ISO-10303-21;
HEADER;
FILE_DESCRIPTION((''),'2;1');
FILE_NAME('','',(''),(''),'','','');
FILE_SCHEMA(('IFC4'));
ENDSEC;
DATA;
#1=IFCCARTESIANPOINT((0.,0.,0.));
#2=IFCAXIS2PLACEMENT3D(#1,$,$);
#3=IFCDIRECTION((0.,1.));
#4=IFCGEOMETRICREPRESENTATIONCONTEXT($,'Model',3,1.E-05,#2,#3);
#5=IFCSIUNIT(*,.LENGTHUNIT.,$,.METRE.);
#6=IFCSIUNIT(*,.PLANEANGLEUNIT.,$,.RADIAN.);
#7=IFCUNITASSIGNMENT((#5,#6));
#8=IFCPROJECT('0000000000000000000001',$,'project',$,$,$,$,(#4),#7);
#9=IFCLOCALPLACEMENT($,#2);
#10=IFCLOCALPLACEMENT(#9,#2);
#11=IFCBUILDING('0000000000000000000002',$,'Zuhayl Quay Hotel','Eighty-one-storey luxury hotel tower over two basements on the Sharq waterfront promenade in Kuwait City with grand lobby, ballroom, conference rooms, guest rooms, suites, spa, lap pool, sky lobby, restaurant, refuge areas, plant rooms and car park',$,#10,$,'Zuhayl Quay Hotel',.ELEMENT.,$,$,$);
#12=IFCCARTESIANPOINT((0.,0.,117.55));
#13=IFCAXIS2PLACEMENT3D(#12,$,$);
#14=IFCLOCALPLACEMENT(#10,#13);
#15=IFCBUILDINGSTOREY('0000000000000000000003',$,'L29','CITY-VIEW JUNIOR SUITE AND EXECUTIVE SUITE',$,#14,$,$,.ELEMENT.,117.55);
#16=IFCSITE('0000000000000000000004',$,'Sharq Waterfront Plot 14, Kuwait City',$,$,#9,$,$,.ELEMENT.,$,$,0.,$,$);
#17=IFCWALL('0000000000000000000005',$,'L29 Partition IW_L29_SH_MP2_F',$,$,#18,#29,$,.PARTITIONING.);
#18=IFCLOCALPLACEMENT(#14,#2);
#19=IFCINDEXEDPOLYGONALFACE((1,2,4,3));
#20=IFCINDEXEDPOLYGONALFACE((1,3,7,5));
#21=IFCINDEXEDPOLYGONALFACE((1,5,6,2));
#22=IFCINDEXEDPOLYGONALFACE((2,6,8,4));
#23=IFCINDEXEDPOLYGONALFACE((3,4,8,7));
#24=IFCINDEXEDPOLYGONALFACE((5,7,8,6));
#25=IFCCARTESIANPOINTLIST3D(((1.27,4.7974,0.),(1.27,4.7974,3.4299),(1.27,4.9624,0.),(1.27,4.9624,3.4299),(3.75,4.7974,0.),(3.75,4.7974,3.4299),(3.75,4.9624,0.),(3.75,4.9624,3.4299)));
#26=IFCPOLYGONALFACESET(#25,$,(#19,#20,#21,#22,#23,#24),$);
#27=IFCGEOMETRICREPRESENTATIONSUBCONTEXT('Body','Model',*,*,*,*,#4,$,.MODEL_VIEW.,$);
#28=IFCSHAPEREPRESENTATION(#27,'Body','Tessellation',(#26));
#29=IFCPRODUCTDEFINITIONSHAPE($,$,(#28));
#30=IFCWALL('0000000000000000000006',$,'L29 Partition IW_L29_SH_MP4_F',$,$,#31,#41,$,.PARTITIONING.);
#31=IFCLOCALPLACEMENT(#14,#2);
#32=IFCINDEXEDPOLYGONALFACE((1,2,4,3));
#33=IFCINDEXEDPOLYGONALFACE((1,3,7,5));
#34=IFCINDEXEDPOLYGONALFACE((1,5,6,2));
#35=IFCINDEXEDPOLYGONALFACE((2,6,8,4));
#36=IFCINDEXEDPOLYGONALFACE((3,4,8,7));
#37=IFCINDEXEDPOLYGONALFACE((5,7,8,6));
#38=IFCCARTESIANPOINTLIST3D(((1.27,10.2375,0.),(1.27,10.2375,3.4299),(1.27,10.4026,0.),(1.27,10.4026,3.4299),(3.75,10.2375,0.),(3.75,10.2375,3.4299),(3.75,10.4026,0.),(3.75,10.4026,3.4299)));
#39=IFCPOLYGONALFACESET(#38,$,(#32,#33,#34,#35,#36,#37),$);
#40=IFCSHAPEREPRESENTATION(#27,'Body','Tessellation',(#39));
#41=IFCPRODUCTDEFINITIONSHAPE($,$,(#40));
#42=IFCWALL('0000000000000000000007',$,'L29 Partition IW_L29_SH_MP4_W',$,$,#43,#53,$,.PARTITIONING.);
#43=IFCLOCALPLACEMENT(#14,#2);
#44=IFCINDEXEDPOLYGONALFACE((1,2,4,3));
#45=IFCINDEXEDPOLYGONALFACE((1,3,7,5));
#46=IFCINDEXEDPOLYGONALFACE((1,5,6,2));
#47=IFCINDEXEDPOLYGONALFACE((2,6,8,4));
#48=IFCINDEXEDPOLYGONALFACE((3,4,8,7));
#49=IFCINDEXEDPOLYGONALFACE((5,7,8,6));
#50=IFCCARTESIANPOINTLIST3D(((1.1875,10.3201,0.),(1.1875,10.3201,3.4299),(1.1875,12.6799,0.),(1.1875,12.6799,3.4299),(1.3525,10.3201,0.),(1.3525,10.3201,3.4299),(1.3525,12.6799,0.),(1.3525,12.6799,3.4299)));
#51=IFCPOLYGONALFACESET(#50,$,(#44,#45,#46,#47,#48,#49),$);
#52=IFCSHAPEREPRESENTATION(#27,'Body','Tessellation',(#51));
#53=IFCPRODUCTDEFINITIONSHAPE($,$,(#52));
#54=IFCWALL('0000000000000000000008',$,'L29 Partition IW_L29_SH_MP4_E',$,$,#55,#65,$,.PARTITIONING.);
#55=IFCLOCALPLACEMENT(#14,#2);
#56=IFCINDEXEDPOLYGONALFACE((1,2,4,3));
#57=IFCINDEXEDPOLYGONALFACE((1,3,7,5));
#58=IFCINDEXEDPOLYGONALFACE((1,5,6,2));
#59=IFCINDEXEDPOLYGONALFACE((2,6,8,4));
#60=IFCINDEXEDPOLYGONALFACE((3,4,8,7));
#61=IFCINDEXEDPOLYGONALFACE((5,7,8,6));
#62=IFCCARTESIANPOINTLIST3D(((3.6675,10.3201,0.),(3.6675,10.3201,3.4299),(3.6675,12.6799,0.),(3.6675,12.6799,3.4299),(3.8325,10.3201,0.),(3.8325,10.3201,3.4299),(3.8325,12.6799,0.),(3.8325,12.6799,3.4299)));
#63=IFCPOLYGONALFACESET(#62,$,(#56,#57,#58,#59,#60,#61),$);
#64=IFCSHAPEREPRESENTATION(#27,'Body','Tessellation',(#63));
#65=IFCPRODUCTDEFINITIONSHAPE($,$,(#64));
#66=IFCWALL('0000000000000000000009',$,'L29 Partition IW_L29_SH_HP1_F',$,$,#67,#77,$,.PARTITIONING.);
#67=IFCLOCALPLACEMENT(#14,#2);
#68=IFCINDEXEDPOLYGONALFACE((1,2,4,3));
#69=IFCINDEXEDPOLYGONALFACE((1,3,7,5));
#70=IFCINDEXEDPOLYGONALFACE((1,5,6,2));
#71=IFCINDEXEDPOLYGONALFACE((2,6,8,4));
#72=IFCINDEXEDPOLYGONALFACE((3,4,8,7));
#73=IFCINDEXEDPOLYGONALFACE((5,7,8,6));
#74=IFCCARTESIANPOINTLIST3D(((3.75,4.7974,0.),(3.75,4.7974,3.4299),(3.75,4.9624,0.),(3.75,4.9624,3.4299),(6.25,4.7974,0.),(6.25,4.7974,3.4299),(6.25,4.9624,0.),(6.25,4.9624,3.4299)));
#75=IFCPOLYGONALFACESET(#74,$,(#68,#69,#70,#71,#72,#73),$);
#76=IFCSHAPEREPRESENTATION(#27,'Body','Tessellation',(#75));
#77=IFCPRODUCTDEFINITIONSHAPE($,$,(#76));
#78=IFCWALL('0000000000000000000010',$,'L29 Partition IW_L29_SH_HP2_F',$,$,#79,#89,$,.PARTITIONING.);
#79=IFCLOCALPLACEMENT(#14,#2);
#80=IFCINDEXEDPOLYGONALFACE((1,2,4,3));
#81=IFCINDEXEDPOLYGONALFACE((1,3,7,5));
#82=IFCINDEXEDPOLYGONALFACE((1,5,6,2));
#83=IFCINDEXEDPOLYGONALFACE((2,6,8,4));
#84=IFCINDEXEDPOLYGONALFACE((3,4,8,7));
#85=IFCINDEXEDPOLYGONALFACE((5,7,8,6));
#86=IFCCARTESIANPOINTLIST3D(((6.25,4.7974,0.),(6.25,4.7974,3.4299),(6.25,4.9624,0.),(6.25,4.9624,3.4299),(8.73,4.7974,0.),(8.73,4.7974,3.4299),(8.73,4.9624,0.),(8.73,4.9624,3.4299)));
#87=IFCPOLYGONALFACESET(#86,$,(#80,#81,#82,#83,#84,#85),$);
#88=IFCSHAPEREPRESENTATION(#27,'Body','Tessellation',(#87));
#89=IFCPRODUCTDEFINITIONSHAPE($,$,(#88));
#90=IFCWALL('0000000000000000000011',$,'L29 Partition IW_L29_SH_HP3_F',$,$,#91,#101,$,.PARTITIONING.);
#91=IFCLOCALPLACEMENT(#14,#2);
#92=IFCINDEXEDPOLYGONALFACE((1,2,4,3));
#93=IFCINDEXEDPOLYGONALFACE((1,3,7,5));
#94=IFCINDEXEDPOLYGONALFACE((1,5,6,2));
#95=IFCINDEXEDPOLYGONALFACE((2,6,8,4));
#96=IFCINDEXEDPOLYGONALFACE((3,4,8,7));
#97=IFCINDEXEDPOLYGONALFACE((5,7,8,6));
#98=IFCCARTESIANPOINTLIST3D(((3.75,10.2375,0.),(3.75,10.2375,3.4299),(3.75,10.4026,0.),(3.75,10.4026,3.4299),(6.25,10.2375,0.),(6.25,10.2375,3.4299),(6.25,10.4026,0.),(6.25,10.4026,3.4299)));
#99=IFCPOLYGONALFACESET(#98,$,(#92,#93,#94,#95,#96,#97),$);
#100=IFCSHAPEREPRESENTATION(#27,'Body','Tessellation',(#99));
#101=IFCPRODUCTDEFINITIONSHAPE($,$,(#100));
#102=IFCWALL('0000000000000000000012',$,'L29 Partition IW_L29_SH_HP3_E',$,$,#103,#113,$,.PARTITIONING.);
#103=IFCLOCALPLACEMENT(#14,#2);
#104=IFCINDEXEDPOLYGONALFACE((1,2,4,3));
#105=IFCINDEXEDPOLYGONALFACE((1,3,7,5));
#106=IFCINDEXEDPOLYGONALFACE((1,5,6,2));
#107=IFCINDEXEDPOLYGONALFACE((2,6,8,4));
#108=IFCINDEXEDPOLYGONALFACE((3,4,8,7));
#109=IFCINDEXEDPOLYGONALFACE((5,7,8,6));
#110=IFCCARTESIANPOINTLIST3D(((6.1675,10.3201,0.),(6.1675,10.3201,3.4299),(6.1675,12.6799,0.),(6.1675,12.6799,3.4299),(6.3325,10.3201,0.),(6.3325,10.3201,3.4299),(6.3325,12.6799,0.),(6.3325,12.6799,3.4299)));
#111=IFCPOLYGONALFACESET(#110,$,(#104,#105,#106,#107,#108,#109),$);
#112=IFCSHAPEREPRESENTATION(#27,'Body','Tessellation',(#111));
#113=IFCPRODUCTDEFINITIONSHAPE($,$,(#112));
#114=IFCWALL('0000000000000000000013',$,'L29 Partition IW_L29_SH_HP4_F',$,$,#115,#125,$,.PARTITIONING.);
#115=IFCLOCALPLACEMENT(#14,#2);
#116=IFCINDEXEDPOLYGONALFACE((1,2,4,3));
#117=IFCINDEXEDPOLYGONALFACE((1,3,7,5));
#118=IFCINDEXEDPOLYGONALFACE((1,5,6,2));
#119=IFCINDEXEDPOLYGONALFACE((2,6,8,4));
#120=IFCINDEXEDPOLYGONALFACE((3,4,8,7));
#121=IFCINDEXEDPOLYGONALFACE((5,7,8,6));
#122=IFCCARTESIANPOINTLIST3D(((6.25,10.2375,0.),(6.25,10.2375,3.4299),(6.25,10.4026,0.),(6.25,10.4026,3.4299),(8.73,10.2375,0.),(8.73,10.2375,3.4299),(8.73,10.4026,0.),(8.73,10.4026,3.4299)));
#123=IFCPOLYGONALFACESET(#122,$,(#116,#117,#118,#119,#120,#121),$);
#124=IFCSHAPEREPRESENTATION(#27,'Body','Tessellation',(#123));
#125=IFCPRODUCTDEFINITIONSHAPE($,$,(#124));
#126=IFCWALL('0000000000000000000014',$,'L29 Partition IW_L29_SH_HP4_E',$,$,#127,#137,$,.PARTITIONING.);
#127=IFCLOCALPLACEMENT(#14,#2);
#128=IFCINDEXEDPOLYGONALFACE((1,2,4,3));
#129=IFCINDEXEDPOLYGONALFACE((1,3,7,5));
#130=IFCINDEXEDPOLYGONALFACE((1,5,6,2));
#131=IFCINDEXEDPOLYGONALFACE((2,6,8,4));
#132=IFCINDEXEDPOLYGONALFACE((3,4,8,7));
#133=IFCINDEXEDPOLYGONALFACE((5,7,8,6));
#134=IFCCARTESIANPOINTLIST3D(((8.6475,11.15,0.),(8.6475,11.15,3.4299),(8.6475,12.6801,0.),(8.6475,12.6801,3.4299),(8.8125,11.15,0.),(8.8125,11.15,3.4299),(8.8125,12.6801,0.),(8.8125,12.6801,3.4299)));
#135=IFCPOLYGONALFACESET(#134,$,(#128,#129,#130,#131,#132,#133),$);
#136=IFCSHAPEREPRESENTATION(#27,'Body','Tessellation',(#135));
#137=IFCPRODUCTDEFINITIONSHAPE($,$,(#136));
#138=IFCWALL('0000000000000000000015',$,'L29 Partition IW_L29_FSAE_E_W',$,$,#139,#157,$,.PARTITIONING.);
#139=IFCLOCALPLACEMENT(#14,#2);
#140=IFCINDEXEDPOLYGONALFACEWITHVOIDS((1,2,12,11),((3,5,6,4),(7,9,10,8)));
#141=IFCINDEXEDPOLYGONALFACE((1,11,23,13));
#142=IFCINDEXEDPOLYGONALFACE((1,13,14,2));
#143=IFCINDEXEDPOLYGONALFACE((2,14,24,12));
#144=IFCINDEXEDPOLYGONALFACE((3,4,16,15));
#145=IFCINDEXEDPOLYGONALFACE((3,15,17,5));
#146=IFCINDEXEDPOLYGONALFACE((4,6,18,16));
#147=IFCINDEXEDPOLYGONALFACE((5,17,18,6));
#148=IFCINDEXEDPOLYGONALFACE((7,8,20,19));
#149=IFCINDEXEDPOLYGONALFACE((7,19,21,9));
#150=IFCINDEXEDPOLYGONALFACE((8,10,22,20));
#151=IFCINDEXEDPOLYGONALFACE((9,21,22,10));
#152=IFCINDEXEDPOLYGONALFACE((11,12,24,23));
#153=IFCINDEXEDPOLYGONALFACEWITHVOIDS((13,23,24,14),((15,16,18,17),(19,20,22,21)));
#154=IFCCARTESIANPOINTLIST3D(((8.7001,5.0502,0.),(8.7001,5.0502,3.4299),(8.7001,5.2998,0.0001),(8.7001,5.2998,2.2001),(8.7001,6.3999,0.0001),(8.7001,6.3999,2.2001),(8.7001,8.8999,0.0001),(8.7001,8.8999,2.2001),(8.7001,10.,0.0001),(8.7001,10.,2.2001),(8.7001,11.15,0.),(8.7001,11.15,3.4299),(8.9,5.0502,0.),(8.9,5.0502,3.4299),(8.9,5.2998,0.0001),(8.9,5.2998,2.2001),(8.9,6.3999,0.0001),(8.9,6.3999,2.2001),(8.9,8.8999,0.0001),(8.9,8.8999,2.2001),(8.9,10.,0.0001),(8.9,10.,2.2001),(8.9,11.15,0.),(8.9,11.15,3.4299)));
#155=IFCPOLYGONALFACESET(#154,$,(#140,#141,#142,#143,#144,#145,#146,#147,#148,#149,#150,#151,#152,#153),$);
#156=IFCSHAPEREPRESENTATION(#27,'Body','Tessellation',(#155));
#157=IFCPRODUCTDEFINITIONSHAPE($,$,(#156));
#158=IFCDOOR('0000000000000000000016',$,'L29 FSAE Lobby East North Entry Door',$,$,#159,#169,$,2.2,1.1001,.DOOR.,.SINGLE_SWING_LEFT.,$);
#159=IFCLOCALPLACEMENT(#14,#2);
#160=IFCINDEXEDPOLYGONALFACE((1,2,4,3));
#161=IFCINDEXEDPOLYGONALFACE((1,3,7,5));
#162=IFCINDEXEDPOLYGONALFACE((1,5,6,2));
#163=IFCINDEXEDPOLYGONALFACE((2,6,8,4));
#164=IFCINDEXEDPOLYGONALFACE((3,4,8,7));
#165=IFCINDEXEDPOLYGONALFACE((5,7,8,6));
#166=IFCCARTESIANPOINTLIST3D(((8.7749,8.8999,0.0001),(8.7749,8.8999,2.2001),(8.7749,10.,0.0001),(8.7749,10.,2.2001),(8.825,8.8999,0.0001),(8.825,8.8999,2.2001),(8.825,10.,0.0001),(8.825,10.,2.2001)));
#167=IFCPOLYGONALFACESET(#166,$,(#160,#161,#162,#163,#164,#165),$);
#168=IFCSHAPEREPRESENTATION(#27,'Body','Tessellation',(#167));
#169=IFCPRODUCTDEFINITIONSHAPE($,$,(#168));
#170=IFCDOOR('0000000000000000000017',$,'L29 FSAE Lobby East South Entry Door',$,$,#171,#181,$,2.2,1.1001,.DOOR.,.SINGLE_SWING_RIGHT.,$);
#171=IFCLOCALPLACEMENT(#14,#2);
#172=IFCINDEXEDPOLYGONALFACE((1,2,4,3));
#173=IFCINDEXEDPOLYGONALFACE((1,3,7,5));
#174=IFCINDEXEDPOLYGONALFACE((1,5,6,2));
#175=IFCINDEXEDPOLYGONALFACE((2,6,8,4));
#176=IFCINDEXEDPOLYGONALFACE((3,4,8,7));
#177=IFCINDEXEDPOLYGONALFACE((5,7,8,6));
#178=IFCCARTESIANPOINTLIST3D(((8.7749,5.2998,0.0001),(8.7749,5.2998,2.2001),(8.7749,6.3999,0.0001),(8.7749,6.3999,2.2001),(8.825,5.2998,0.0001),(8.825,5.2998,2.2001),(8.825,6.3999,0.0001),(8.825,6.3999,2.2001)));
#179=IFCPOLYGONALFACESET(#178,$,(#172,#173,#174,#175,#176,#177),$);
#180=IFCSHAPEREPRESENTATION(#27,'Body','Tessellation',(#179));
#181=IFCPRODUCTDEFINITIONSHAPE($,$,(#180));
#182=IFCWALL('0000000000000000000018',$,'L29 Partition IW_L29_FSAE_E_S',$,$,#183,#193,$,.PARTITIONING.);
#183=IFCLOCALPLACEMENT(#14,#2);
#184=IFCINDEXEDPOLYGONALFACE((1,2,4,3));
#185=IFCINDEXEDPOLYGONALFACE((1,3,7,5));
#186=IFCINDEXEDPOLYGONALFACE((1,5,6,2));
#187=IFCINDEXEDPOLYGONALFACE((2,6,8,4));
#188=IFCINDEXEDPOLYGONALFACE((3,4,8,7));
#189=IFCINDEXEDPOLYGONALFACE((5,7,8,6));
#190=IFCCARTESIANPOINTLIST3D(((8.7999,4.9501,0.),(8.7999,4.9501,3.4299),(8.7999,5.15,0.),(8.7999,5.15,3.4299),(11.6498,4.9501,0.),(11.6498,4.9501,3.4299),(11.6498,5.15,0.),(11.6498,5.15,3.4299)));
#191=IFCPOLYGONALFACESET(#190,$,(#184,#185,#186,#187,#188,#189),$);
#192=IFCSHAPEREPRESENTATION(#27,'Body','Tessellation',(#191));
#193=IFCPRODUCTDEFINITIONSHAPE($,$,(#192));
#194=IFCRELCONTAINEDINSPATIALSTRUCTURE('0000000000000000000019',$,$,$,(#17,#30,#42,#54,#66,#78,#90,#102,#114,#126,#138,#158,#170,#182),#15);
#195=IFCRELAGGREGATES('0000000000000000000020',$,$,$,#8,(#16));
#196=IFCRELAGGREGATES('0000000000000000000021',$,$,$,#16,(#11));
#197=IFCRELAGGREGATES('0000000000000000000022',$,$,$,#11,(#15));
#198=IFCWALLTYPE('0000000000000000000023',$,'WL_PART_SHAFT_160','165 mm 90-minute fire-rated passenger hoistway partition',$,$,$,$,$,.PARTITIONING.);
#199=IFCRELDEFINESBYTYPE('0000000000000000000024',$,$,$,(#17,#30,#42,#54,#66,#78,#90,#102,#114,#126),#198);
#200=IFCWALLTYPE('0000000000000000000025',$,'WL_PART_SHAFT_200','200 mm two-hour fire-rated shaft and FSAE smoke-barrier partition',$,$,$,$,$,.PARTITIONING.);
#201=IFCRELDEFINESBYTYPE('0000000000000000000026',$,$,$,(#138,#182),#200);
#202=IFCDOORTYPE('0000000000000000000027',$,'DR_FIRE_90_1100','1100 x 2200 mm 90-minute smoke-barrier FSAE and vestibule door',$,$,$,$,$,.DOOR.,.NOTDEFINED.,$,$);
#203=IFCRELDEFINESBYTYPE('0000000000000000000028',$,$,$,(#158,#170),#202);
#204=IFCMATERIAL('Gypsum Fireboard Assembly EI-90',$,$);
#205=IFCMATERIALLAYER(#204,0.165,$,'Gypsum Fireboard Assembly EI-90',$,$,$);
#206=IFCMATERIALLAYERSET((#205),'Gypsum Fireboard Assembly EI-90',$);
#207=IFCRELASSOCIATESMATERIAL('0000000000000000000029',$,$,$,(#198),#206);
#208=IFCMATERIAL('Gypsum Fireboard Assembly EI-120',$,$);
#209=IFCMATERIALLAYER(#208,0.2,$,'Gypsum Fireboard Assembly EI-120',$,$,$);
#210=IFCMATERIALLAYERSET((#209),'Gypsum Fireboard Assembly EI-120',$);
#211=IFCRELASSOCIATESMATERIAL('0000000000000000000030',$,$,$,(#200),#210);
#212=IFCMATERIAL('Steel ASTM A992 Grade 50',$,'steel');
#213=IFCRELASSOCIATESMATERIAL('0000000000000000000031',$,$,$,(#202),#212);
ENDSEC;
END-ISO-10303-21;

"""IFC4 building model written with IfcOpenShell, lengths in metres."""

from ifc_helpers import new_model, si_unit, direction, frame, frame_2d, origin, place, context, subcontext, project, spatial, rectangle, extrude, material, layer, layer_set, type_object, element, fill, save


model = new_model("IFC4")

# Units and contexts
model_context = context("Model", 3, precision=1e-05, world=origin(), true_north=direction((0.0, 1.0)))
body_context = subcontext(model_context, "Body", "Model", "MODEL_VIEW")
ifc_project = project(units=[si_unit("LENGTHUNIT", "METRE"), si_unit("PLANEANGLEUNIT", "RADIAN")], contexts=[model_context])

# Site, building, storey
site_placement = place(None, origin())
site = spatial("IfcSite", under=ifc_project, at=site_placement, Name="Sharq Waterfront Plot 14, Kuwait City", CompositionType="ELEMENT", RefElevation=0.0)
building_placement = place(site_placement, origin())
building = spatial("IfcBuilding", under=site, at=building_placement, Name="Zuhayl Quay Hotel", Description="Eighty-one-storey luxury hotel tower over two basements on the Sharq waterfront promenade in Kuwait City with grand lobby, ballroom, conference rooms, guest rooms, suites, spa, lap pool, sky lobby, restaurant, refuge areas, plant rooms and car park", LongName="Zuhayl Quay Hotel", CompositionType="ELEMENT")
storey_placement = place(building_placement, frame((0.0, 0.0, 117.55)))
storey = spatial("IfcBuildingStorey", under=building, at=storey_placement, Name="L29", Description="CITY-VIEW JUNIOR SUITE AND EXECUTIVE SUITE", CompositionType="ELEMENT", Elevation=117.55)

# Shared definitions
ifc_material_1 = material(Name="Steel ASTM A992 Grade 50", Category="steel")

# Shared definitions
ifc_material_2 = material(Name="Gypsum Fireboard Assembly EI-90")
ifc_layer_1 = layer(ifc_material_2, 0.165, Name="Gypsum Fireboard Assembly EI-90")
ifc_layer_set_1 = layer_set([ifc_layer_1], Name="Gypsum Fireboard Assembly EI-90")
wall_type_1 = type_object("IfcWallType", Name="WL_PART_SHAFT_160", Description="165 mm 90-minute fire-rated passenger hoistway partition", PredefinedType="PARTITIONING", material=ifc_layer_set_1)

# Walls
for number, where, z_axis, x_axis, name in (
    (1, (1.27, 4.8799, 0.0), (0.0, 0.0, 1.0), (1.0, 0.0, 0.0), "L29 Partition IW_L29_SH_MP2_F"),
    (2, (1.27, 10.3201, 0.0), (0.0, 0.0, 1.0), (1.0, 0.0, 0.0), "L29 Partition IW_L29_SH_MP4_F"),
):
    element("IfcWall", number, at=place(storey_placement, frame(where, z_axis=z_axis, x_axis=x_axis)), inside=storey, type_object=wall_type_1, Name=name, PredefinedType="PARTITIONING", context=body_context, shape_type="SweptSolid", body=[
        extrude(rectangle(XDim=2.48, YDim=0.165, at=frame_2d((1.24, 0.0))), origin(), (0.0, 0.0, 1.0), 3.4299),
    ])
for number, where, z_axis, x_axis, name in (
    (3, (1.27, 10.3201, 0.0), (0.0, 0.0, 1.0), (0.0, 1.0, 0.0), "L29 Partition IW_L29_SH_MP4_W"),
    (4, (3.75, 10.3201, 0.0), (0.0, 0.0, 1.0), (0.0, 1.0, 0.0), "L29 Partition IW_L29_SH_MP4_E"),
):
    element("IfcWall", number, at=place(storey_placement, frame(where, z_axis=z_axis, x_axis=x_axis)), inside=storey, type_object=wall_type_1, Name=name, PredefinedType="PARTITIONING", context=body_context, shape_type="SweptSolid", body=[
        extrude(rectangle(XDim=2.3599, YDim=0.165, at=frame_2d((1.1799, 0.0))), origin(), (0.0, 0.0, 1.0), 3.4299),
    ])
wall_1_placement = place(storey_placement, frame((3.75, 4.8799, 0.0), z_axis=(0.0, 0.0, 1.0), x_axis=(1.0, 0.0, 0.0)))
element("IfcWall", 5, at=wall_1_placement, inside=storey, type_object=wall_type_1, Name="L29 Partition IW_L29_SH_HP1_F", PredefinedType="PARTITIONING", context=body_context, shape_type="SweptSolid", body=[
    extrude(rectangle(XDim=2.5, YDim=0.165, at=frame_2d((1.25, 0.0))), origin(), (0.0, 0.0, 1.0), 3.4299),
])
wall_2_placement = place(storey_placement, frame((6.25, 4.8799, 0.0), z_axis=(0.0, 0.0, 1.0), x_axis=(1.0, 0.0, 0.0)))
element("IfcWall", 6, at=wall_2_placement, inside=storey, type_object=wall_type_1, Name="L29 Partition IW_L29_SH_HP2_F", PredefinedType="PARTITIONING", context=body_context, shape_type="SweptSolid", body=[
    extrude(rectangle(XDim=2.48, YDim=0.165, at=frame_2d((1.24, 0.0))), origin(), (0.0, 0.0, 1.0), 3.4299),
])
wall_3_placement = place(storey_placement, frame((3.75, 10.3201, 0.0), z_axis=(0.0, 0.0, 1.0), x_axis=(1.0, 0.0, 0.0)))
element("IfcWall", 7, at=wall_3_placement, inside=storey, type_object=wall_type_1, Name="L29 Partition IW_L29_SH_HP3_F", PredefinedType="PARTITIONING", context=body_context, shape_type="SweptSolid", body=[
    extrude(rectangle(XDim=2.5, YDim=0.165, at=frame_2d((1.25, 0.0))), origin(), (0.0, 0.0, 1.0), 3.4299),
])
wall_4_placement = place(storey_placement, frame((6.25, 10.3201, 0.0), z_axis=(0.0, 0.0, 1.0), x_axis=(0.0, 1.0, 0.0)))
element("IfcWall", 8, at=wall_4_placement, inside=storey, type_object=wall_type_1, Name="L29 Partition IW_L29_SH_HP3_E", PredefinedType="PARTITIONING", context=body_context, shape_type="SweptSolid", body=[
    extrude(rectangle(XDim=2.3599, YDim=0.165, at=frame_2d((1.1799, 0.0))), origin(), (0.0, 0.0, 1.0), 3.4299),
])
wall_5_placement = place(storey_placement, frame((6.25, 10.3201, 0.0), z_axis=(0.0, 0.0, 1.0), x_axis=(1.0, 0.0, 0.0)))
element("IfcWall", 9, at=wall_5_placement, inside=storey, type_object=wall_type_1, Name="L29 Partition IW_L29_SH_HP4_F", PredefinedType="PARTITIONING", context=body_context, shape_type="SweptSolid", body=[
    extrude(rectangle(XDim=2.48, YDim=0.165, at=frame_2d((1.24, 0.0))), origin(), (0.0, 0.0, 1.0), 3.4299),
])
wall_6_placement = place(storey_placement, frame((8.73, 11.1499, 0.0), z_axis=(0.0, 0.0, 1.0), x_axis=(0.0, 1.0, 0.0)))
element("IfcWall", 10, at=wall_6_placement, inside=storey, type_object=wall_type_1, Name="L29 Partition IW_L29_SH_HP4_E", PredefinedType="PARTITIONING", context=body_context, shape_type="SweptSolid", body=[
    extrude(rectangle(XDim=1.53, YDim=0.165, at=frame_2d((0.7651, 0.0))), origin(), (0.0, 0.0, 1.0), 3.4299),
])

# Wall, openings, doors
ifc_material_3 = material(Name="Gypsum Fireboard Assembly EI-120")
ifc_layer_2 = layer(ifc_material_3, 0.2, Name="Gypsum Fireboard Assembly EI-120")
ifc_layer_set_2 = layer_set([ifc_layer_2], Name="Gypsum Fireboard Assembly EI-120")
wall_type_2 = type_object("IfcWallType", Name="WL_PART_SHAFT_200", Description="200 mm two-hour fire-rated shaft and FSAE smoke-barrier partition", PredefinedType="PARTITIONING", material=ifc_layer_set_2)
wall_7_placement = place(storey_placement, frame((8.8, 11.1499, 0.0), z_axis=(0.0, 0.0, 1.0), x_axis=(0.0, -1.0, 0.0)))
wall_7 = element("IfcWall", 11, at=wall_7_placement, inside=storey, type_object=wall_type_2, Name="L29 Partition IW_L29_FSAE_E_W", PredefinedType="PARTITIONING", context=body_context, shape_type="SweptSolid", body=[
    extrude(rectangle(XDim=6.0999, YDim=0.2, at=frame_2d((3.0498, 0.0))), origin(), (0.0, 0.0, 1.0), 3.4299),
])
opening_1_placement = place(wall_7_placement, frame((1.1499, 0.0, 0.0)))
opening_1 = element("IfcOpeningElement", 12, at=opening_1_placement, cuts=wall_7, PredefinedType="OPENING", context=body_context, shape_type="SweptSolid", body=[
    extrude(rectangle(XDim=1.1001, YDim=2.2, at=frame_2d((0.55, 1.1001))), frame((0.0, 0.1099, 0.0), z_axis=(0.0, -1.0, 0.0), x_axis=(1.0, 0.0, 0.0)), (0.0, 0.0, 1.0), 0.22),
])
opening_2_placement = place(wall_7_placement, frame((4.75, 0.0, 0.0)))
opening_2 = element("IfcOpeningElement", 13, at=opening_2_placement, cuts=wall_7, PredefinedType="OPENING", context=body_context, shape_type="SweptSolid", body=[
    extrude(rectangle(XDim=1.1001, YDim=2.2, at=frame_2d((0.55, 1.1001))), frame((0.0, 0.1099, 0.0), z_axis=(0.0, -1.0, 0.0), x_axis=(1.0, 0.0, 0.0)), (0.0, 0.0, 1.0), 0.22),
])
door_type_1 = type_object("IfcDoorType", Name="DR_FIRE_90_1100", Description="1100 x 2200 mm 90-minute smoke-barrier FSAE and vestibule door", OperationType="NOTDEFINED", PredefinedType="DOOR", material=ifc_material_1)
door_1_placement = place(opening_1_placement, origin())
door_1 = element("IfcDoor", 14, at=door_1_placement, inside=storey, type_object=door_type_1, Name="L29 FSAE Lobby East North Entry Door", OperationType="SINGLE_SWING_LEFT", OverallHeight=2.2, OverallWidth=1.1001, PredefinedType="DOOR", context=body_context, shape_type="SweptSolid", body=[
    extrude(rectangle(XDim=1.1001, YDim=2.2, at=frame_2d((0.55, 1.1001))), frame((0.0, 0.0249, 0.0), z_axis=(0.0, -1.0, 0.0), x_axis=(1.0, 0.0, 0.0)), (0.0, 0.0, 1.0), 0.05),
])
fill(opening_1, door_1)
door_2_placement = place(opening_2_placement, origin())
door_2 = element("IfcDoor", 15, at=door_2_placement, inside=storey, type_object=door_type_1, Name="L29 FSAE Lobby East South Entry Door", OperationType="SINGLE_SWING_RIGHT", OverallHeight=2.2, OverallWidth=1.1001, PredefinedType="DOOR", context=body_context, shape_type="SweptSolid", body=[
    extrude(rectangle(XDim=1.1001, YDim=2.2, at=frame_2d((0.55, 1.1001))), frame((0.0, 0.0249, 0.0), z_axis=(0.0, -1.0, 0.0), x_axis=(1.0, 0.0, 0.0)), (0.0, 0.0, 1.0), 0.05),
])
fill(opening_2, door_2)

# Wall
wall_8_placement = place(storey_placement, frame((8.8, 5.05, 0.0), z_axis=(0.0, 0.0, 1.0), x_axis=(1.0, 0.0, 0.0)))
element("IfcWall", 16, at=wall_8_placement, inside=storey, type_object=wall_type_2, Name="L29 Partition IW_L29_FSAE_E_S", PredefinedType="PARTITIONING", context=body_context, shape_type="SweptSolid", body=[
    extrude(rectangle(XDim=2.8499, YDim=0.2, at=frame_2d((1.4248, 0.0))), origin(), (0.0, 0.0, 1.0), 3.4299),
])

save(model, "model.ifc")
